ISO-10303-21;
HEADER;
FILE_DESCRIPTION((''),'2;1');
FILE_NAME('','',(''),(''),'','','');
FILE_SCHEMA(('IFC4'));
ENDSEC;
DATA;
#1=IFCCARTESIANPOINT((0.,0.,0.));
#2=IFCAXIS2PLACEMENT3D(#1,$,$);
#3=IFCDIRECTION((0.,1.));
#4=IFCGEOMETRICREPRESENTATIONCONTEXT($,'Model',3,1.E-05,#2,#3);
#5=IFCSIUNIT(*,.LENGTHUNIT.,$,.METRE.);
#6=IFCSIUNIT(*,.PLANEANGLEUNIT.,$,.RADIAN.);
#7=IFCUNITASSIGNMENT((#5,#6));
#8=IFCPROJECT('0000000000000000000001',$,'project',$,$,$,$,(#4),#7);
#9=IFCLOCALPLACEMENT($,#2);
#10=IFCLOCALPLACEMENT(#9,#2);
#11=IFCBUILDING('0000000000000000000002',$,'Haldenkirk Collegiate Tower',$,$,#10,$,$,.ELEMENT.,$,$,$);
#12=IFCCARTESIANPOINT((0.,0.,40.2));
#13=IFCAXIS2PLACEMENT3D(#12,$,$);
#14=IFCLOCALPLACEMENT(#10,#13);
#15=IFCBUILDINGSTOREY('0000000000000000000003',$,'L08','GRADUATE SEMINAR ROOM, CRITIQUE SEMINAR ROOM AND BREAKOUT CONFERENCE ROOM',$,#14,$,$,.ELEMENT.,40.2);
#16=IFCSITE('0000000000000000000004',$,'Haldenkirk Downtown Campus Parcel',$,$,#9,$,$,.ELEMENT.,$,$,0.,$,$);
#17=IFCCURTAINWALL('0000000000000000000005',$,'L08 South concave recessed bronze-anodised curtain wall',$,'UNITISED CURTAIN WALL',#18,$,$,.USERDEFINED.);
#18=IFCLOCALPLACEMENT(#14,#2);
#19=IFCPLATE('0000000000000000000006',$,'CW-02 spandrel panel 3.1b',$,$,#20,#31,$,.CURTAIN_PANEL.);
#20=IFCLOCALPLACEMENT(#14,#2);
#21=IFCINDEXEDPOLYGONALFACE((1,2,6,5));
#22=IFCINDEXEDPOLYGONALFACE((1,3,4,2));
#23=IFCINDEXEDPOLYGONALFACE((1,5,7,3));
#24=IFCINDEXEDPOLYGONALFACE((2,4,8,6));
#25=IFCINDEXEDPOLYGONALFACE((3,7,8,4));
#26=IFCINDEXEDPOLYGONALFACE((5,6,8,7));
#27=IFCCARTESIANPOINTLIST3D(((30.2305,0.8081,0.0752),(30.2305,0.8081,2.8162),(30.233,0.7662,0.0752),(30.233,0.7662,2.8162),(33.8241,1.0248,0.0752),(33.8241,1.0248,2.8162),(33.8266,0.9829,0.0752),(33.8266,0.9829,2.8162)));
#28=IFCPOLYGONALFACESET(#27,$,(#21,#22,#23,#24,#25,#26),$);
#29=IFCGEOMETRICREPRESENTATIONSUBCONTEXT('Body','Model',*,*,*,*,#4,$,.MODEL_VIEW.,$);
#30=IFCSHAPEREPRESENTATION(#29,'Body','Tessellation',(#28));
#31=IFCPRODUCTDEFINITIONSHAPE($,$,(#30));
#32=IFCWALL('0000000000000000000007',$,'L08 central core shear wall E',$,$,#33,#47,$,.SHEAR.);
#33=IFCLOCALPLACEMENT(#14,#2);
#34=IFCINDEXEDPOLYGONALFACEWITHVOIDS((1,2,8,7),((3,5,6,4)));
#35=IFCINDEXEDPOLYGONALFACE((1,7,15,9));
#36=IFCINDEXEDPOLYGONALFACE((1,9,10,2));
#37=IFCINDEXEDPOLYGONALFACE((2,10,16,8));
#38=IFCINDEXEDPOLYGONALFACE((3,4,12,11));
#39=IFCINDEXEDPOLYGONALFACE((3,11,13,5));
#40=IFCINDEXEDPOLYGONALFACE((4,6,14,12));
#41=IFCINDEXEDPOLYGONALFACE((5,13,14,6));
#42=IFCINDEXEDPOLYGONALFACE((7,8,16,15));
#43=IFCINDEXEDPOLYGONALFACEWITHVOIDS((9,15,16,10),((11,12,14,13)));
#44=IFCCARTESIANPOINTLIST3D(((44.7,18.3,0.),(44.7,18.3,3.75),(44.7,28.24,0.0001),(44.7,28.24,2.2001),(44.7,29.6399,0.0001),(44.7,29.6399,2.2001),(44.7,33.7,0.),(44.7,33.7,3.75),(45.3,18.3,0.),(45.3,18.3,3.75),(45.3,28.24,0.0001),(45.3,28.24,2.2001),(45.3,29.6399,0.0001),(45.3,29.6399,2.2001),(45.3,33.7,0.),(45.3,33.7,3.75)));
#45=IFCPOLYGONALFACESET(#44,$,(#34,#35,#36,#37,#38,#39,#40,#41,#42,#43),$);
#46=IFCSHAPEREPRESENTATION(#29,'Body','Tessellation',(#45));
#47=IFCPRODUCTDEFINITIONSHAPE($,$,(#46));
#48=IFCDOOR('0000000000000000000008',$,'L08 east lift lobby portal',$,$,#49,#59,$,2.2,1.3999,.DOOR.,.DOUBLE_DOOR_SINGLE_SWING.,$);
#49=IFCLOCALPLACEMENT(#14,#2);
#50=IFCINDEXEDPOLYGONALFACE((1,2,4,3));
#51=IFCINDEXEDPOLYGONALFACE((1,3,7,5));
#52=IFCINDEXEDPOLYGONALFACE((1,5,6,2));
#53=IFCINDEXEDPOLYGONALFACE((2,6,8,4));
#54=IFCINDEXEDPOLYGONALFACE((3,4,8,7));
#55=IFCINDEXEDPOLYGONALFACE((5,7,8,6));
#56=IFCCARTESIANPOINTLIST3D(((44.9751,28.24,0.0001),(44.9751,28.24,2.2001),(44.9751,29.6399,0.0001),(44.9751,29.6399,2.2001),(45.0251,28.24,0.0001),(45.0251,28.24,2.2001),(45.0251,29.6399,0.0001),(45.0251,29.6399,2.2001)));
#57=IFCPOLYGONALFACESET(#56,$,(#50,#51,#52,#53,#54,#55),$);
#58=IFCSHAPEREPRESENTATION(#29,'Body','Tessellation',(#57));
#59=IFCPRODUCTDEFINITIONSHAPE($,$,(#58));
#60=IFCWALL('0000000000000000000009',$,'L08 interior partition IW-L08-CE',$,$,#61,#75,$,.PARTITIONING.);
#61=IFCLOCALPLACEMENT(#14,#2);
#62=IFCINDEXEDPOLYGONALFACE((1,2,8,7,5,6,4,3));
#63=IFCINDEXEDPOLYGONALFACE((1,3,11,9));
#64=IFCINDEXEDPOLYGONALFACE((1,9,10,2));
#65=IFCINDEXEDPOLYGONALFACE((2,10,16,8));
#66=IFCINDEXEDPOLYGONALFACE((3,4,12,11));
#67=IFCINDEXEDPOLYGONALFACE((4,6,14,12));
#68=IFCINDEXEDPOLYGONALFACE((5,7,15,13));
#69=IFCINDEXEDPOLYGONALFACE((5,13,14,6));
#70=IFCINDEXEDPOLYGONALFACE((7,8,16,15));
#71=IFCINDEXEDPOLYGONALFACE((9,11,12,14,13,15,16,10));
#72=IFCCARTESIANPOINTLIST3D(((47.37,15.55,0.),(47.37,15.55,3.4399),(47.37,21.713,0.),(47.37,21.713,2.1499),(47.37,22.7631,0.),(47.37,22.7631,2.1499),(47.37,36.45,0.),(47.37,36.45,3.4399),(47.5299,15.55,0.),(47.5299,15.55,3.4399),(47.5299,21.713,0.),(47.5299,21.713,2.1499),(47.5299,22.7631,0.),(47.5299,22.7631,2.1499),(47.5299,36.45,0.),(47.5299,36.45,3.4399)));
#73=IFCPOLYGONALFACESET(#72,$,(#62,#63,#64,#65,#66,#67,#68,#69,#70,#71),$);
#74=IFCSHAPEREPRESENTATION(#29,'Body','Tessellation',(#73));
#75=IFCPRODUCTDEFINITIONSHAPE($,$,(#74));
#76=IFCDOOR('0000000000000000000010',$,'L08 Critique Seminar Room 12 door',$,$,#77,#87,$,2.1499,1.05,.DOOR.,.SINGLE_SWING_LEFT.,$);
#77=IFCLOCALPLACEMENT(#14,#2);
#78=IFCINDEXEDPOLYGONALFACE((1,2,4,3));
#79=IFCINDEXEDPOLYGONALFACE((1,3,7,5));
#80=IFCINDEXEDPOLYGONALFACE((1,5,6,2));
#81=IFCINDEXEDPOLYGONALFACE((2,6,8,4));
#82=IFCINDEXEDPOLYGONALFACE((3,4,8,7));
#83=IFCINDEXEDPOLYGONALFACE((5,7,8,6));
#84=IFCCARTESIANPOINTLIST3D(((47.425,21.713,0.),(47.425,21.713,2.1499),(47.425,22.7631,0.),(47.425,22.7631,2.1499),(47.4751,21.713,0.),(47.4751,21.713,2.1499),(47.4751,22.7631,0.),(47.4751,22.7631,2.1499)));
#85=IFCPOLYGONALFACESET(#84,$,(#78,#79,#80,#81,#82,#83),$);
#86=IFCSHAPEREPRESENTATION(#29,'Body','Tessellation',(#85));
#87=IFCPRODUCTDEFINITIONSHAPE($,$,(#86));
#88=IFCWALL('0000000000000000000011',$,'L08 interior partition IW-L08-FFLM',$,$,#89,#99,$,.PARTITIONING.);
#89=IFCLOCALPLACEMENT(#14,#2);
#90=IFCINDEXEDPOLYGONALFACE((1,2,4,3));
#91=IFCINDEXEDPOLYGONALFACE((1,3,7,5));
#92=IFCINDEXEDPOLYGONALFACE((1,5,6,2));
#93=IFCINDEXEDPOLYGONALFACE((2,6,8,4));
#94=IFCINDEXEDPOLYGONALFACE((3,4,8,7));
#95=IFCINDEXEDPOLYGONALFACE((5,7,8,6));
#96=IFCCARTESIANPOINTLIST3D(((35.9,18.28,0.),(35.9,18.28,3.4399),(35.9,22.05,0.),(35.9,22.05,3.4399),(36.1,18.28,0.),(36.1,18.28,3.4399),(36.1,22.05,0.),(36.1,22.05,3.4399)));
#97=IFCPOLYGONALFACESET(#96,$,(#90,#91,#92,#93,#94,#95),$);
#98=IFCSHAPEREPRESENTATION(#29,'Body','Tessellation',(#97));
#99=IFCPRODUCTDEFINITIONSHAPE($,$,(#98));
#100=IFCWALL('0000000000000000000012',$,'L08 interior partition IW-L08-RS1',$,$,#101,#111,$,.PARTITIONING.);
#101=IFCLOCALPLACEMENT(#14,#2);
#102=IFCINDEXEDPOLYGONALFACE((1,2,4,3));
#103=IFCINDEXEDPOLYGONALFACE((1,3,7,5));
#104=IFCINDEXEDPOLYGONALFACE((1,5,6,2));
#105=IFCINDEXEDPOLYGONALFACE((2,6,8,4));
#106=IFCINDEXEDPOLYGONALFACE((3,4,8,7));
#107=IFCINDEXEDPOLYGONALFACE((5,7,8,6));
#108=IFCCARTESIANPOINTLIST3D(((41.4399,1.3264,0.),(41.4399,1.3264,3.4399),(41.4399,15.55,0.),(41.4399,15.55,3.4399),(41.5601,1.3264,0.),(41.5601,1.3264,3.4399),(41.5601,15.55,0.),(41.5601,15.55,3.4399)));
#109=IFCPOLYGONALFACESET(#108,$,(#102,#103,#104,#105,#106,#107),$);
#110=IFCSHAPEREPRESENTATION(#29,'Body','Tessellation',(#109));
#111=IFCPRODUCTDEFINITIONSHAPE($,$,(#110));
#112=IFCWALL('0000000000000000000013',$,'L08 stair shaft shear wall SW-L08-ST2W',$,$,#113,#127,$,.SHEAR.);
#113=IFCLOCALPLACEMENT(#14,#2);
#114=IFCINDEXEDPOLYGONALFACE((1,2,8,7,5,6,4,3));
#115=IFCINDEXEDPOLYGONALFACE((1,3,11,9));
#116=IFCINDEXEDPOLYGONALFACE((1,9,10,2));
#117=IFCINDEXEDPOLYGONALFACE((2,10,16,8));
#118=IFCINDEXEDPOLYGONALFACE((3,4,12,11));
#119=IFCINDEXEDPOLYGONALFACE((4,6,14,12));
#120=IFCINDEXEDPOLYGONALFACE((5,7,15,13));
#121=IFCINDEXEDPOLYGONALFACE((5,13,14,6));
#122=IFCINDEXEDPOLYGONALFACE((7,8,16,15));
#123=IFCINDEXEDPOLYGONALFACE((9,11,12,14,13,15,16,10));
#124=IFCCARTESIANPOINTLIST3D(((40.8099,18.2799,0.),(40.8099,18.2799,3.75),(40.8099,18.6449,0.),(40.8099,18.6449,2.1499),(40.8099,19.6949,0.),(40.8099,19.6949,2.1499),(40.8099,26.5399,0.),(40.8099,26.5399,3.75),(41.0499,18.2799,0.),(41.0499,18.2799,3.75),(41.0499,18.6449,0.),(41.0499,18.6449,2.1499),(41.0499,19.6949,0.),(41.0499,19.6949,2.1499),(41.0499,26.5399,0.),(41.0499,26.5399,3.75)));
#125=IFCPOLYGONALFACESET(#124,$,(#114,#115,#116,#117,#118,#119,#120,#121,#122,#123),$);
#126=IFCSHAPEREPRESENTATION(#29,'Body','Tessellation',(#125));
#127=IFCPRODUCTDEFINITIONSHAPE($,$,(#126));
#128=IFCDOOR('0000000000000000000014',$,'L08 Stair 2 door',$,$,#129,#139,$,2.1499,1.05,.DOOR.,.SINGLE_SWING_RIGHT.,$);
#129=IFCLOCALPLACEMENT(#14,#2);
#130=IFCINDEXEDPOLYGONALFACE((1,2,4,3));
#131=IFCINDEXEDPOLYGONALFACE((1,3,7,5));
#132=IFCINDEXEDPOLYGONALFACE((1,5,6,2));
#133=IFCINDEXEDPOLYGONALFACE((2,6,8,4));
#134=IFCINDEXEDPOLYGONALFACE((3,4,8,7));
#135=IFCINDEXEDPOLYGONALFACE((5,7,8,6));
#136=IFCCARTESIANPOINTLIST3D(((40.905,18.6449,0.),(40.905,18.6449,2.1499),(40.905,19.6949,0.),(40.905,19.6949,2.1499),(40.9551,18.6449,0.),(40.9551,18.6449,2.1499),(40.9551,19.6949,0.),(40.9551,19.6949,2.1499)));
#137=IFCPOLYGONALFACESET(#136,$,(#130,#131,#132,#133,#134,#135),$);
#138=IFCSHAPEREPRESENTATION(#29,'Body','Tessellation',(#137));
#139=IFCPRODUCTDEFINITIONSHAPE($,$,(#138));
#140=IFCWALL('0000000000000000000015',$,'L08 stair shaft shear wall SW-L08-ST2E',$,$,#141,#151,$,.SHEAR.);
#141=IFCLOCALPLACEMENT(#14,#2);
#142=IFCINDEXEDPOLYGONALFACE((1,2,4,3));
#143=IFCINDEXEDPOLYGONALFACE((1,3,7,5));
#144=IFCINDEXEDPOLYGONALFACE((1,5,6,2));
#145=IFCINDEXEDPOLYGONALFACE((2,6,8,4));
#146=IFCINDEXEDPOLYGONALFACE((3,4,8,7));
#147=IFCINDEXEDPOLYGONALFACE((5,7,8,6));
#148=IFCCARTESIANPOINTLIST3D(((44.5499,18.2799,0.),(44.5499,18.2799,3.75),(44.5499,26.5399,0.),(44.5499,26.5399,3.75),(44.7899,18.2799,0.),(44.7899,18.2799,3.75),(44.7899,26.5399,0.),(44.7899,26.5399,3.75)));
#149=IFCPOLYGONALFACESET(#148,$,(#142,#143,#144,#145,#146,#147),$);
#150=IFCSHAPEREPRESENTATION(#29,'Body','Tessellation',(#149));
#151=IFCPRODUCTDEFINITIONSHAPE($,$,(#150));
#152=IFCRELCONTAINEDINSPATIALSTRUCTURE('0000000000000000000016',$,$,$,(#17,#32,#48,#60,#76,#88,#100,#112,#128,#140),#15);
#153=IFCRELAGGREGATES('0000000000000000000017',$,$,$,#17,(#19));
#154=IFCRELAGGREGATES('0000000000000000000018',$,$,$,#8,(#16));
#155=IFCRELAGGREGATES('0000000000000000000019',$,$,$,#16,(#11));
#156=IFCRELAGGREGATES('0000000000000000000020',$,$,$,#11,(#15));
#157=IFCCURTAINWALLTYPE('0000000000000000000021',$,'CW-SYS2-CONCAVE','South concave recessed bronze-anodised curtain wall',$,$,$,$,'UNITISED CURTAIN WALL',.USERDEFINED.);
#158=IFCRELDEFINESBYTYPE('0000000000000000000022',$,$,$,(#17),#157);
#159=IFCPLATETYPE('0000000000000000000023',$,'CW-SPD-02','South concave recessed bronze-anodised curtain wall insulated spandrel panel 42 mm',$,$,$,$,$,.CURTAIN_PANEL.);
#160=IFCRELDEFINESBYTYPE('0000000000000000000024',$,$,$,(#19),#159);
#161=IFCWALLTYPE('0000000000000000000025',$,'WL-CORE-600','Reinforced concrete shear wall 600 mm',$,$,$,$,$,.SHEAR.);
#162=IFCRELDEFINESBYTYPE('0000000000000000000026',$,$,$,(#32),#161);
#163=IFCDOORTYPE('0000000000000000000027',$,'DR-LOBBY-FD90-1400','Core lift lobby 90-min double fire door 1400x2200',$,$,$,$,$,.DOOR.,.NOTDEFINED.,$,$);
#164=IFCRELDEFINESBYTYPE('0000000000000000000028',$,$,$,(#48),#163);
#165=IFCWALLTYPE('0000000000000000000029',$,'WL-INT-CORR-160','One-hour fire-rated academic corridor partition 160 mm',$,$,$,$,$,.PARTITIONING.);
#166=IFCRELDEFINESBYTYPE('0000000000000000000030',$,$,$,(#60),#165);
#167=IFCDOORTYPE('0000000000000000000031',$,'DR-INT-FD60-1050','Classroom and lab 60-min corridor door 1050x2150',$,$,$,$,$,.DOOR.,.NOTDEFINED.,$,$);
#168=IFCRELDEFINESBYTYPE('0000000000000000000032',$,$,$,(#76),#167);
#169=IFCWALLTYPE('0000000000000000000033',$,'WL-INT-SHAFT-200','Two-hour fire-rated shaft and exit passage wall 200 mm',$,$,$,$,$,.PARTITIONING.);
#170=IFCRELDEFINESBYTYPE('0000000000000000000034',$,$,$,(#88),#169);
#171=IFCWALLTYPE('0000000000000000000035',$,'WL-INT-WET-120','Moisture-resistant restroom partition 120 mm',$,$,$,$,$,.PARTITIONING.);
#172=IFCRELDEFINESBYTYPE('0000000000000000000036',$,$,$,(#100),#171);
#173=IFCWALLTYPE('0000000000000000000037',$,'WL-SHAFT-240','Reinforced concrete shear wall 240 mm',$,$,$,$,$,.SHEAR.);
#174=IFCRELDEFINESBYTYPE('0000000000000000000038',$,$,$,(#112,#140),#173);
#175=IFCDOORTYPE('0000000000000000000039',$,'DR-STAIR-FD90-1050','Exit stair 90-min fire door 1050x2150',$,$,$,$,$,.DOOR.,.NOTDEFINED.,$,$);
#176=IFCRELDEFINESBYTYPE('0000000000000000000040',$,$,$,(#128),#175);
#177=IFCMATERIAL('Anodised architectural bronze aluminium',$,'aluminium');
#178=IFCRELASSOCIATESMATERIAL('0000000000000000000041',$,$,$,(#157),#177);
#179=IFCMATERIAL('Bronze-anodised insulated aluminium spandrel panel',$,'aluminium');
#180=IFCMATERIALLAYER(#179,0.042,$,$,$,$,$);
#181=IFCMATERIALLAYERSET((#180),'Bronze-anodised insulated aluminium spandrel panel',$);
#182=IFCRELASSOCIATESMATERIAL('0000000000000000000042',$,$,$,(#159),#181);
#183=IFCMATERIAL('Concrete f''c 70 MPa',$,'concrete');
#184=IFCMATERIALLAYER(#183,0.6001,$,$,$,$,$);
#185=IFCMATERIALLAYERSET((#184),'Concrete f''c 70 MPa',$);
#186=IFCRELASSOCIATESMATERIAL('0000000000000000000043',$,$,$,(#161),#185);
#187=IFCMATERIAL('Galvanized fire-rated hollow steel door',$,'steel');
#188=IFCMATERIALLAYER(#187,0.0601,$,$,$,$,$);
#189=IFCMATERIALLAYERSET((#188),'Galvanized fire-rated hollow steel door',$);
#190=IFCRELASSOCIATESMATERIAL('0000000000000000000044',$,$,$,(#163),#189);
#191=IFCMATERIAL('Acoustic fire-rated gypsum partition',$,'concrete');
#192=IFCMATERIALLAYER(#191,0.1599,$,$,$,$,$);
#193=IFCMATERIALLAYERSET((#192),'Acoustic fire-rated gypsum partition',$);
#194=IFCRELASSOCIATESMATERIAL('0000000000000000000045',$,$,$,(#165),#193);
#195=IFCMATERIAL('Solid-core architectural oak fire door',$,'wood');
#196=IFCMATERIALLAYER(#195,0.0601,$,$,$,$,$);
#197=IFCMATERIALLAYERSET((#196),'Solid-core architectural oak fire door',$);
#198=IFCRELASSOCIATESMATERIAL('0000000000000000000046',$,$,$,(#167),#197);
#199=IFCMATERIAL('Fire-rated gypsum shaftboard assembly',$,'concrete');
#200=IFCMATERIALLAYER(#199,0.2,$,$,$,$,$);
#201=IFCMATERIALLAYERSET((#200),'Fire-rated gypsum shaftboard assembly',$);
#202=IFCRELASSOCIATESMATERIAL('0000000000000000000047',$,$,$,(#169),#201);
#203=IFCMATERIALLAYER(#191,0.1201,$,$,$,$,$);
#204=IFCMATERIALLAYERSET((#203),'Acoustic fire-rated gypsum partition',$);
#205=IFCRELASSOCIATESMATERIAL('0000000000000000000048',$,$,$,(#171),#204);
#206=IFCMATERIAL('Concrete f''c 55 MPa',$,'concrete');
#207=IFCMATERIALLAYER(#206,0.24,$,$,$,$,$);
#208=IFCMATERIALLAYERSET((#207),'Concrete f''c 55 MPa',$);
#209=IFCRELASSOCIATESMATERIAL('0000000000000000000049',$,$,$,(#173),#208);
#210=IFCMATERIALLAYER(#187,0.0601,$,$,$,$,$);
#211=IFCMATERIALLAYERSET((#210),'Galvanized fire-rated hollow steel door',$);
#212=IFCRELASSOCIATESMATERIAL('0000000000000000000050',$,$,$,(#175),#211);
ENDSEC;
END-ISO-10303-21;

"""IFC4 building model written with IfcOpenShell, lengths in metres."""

from ifc_helpers import new_model, si_unit, direction, frame, frame_2d, origin, origin_2d, place, context, subcontext, project, spatial, rectangle, extrude, source, transform, mapped, material, layer, layer_set, type_object, element, fill, aggregate, save


model = new_model("IFC4")

# Units and contexts
model_context = context("Model", 3, precision=1e-05, world=origin(), true_north=direction((0.0, 1.0)))
body_context = subcontext(model_context, "Body", "Model", "MODEL_VIEW")
ifc_project = project(units=[si_unit("LENGTHUNIT", "METRE"), si_unit("PLANEANGLEUNIT", "RADIAN")], contexts=[model_context])

# Site, building, storey
site_placement = place(None, origin())
site = spatial("IfcSite", under=ifc_project, at=site_placement, Name="Haldenkirk Downtown Campus Parcel", CompositionType="ELEMENT", RefElevation=0.0)
building_placement = place(site_placement, origin())
building = spatial("IfcBuilding", under=site, at=building_placement, Name="Haldenkirk Collegiate Tower", CompositionType="ELEMENT")
storey_placement = place(building_placement, frame((0.0, 0.0, 40.2)))
storey = spatial("IfcBuildingStorey", under=building, at=storey_placement, Name="L08", Description="GRADUATE SEMINAR ROOM, CRITIQUE SEMINAR ROOM AND BREAKOUT CONFERENCE ROOM", CompositionType="ELEMENT", Elevation=40.2)

# Curtain wall, plate
ifc_material_1 = material(Name="Anodised architectural bronze aluminium", Category="aluminium")
curtain_wall_type = type_object("IfcCurtainWallType", Name="CW-SYS2-CONCAVE", Description="South concave recessed bronze-anodised curtain wall", ElementType="UNITISED CURTAIN WALL", PredefinedType="USERDEFINED", material=ifc_material_1)
curtain_wall_placement = place(storey_placement, origin())
curtain_wall = element("IfcCurtainWall", 1, at=curtain_wall_placement, inside=storey, type_object=curtain_wall_type, Name="L08 South concave recessed bronze-anodised curtain wall", ObjectType="UNITISED CURTAIN WALL", PredefinedType="USERDEFINED")
ifc_material_2 = material(Name="Bronze-anodised insulated aluminium spandrel panel", Category="aluminium")
ifc_layer_1 = layer(ifc_material_2, 0.042)
ifc_layer_set_1 = layer_set([ifc_layer_1], Name="Bronze-anodised insulated aluminium spandrel panel")
plate_type_1 = type_object("IfcPlateType", Name="CW-SPD-02", Description="South concave recessed bronze-anodised curtain wall insulated spandrel panel 42 mm", PredefinedType="CURTAIN_PANEL", material=ifc_layer_set_1)
shared_shape_1 = source(origin(), body_context, "Body", "SweptSolid", [
    extrude(rectangle(XDim=3.6001, YDim=0.042, at=origin_2d()), origin(), (0.0, 0.0, 1.0), 2.741),
])
plate_1_placement = place(storey_placement, frame((32.0286, 0.8955, 0.0752), z_axis=(0.0, 0.0, 1.0), x_axis=(-0.998188, -0.060176, 0.0)))
plate_1 = element("IfcPlate", 2, at=plate_1_placement, type_object=plate_type_1, Name="CW-02 spandrel panel 3.1b", PredefinedType="CURTAIN_PANEL", context=body_context, shape_type="MappedRepresentation", body=[
    mapped(shared_shape_1, transform((0.0, 0.0, 0.0), x_axis=(1.0, 0.0, 0.0), y_axis=(0.0, 1.0, 0.0), z_axis=(0.0, 0.0, 1.0), scale=1.0)),
])
aggregate(curtain_wall, [plate_1])

# Walls, openings, doors
ifc_material_3 = material(Name="Concrete f'c 70 MPa", Category="concrete")
ifc_layer_2 = layer(ifc_material_3, 0.6001)
ifc_layer_set_2 = layer_set([ifc_layer_2], Name="Concrete f'c 70 MPa")
wall_type_1 = type_object("IfcWallType", Name="WL-CORE-600", Description="Reinforced concrete shear wall 600 mm", PredefinedType="SHEAR", material=ifc_layer_set_2)
wall_1_placement = place(storey_placement, frame((45.0, 18.3, 0.0), z_axis=(0.0, 0.0, 1.0), x_axis=(0.0, 1.0, 0.0)))
wall_1 = element("IfcWall", 3, at=wall_1_placement, inside=storey, type_object=wall_type_1, Name="L08 central core shear wall E", PredefinedType="SHEAR", context=body_context, shape_type="SweptSolid", body=[
    extrude(rectangle(XDim=15.3999, YDim=0.6001, at=frame_2d((7.7, 0.0))), origin(), (0.0, 0.0, 1.0), 3.75),
])
opening_1_placement = place(wall_1_placement, frame((9.9399, 0.0, 0.0)))
opening_1 = element("IfcOpeningElement", 4, at=opening_1_placement, cuts=wall_1, PredefinedType="OPENING", context=body_context, shape_type="SweptSolid", body=[
    extrude(rectangle(XDim=1.3999, YDim=2.2, at=frame_2d((0.7, 1.1001))), frame((0.0, 0.3101, 0.0), z_axis=(0.0, -1.0, 0.0), x_axis=(1.0, 0.0, 0.0)), (0.0, 0.0, 1.0), 0.6201),
])
ifc_material_4 = material(Name="Galvanized fire-rated hollow steel door", Category="steel")
ifc_layer_3 = layer(ifc_material_4, 0.0601)
ifc_layer_set_3 = layer_set([ifc_layer_3], Name="Galvanized fire-rated hollow steel door")
door_type_1 = type_object("IfcDoorType", Name="DR-LOBBY-FD90-1400", Description="Core lift lobby 90-min double fire door 1400x2200", OperationType="NOTDEFINED", PredefinedType="DOOR", material=ifc_layer_set_3)
door_1_placement = place(opening_1_placement, origin())
door_1 = element("IfcDoor", 5, at=door_1_placement, inside=storey, type_object=door_type_1, Name="L08 east lift lobby portal", OperationType="DOUBLE_DOOR_SINGLE_SWING", OverallHeight=2.2, OverallWidth=1.3999, PredefinedType="DOOR", context=body_context, shape_type="SweptSolid", body=[
    extrude(rectangle(XDim=1.3999, YDim=2.2, at=frame_2d((0.7, 1.1001))), frame((0.0, 0.0249, 0.0), z_axis=(0.0, -1.0, 0.0), x_axis=(1.0, 0.0, 0.0)), (0.0, 0.0, 1.0), 0.05),
])
fill(opening_1, door_1)
ifc_material_5 = material(Name="Acoustic fire-rated gypsum partition", Category="concrete")
ifc_layer_4 = layer(ifc_material_5, 0.1599)
ifc_layer_set_4 = layer_set([ifc_layer_4], Name="Acoustic fire-rated gypsum partition")
wall_type_2 = type_object("IfcWallType", Name="WL-INT-CORR-160", Description="One-hour fire-rated academic corridor partition 160 mm", PredefinedType="PARTITIONING", material=ifc_layer_set_4)
wall_2_placement = place(storey_placement, frame((47.45, 15.55, 0.0), z_axis=(0.0, 0.0, 1.0), x_axis=(0.0, 1.0, 0.0)))
wall_2 = element("IfcWall", 6, at=wall_2_placement, inside=storey, type_object=wall_type_2, Name="L08 interior partition IW-L08-CE", PredefinedType="PARTITIONING", context=body_context, shape_type="SweptSolid", body=[
    extrude(rectangle(XDim=20.8999, YDim=0.1599, at=frame_2d((10.45, 0.0))), origin(), (0.0, 0.0, 1.0), 3.4399),
])
opening_2_placement = place(wall_2_placement, frame((6.1631, 0.0, 0.0)))
opening_2 = element("IfcOpeningElement", 7, at=opening_2_placement, cuts=wall_2, PredefinedType="OPENING", context=body_context, shape_type="SweptSolid", body=[
    extrude(rectangle(XDim=1.05, YDim=2.1499, at=frame_2d((0.5249, 1.075))), frame((0.0, 0.0898, 0.0), z_axis=(0.0, -1.0, 0.0), x_axis=(1.0, 0.0, 0.0)), (0.0, 0.0, 1.0), 0.1799),
])
ifc_material_6 = material(Name="Solid-core architectural oak fire door", Category="wood")
ifc_layer_5 = layer(ifc_material_6, 0.0601)
ifc_layer_set_5 = layer_set([ifc_layer_5], Name="Solid-core architectural oak fire door")
door_type_2 = type_object("IfcDoorType", Name="DR-INT-FD60-1050", Description="Classroom and lab 60-min corridor door 1050x2150", OperationType="NOTDEFINED", PredefinedType="DOOR", material=ifc_layer_set_5)
door_2_placement = place(opening_2_placement, origin())
door_2 = element("IfcDoor", 8, at=door_2_placement, inside=storey, type_object=door_type_2, Name="L08 Critique Seminar Room 12 door", OperationType="SINGLE_SWING_LEFT", OverallHeight=2.1499, OverallWidth=1.05, PredefinedType="DOOR", context=body_context, shape_type="SweptSolid", body=[
    extrude(rectangle(XDim=1.05, YDim=2.1499, at=frame_2d((0.5249, 1.075))), frame((0.0, 0.0249, 0.0), z_axis=(0.0, -1.0, 0.0), x_axis=(1.0, 0.0, 0.0)), (0.0, 0.0, 1.0), 0.05),
])
fill(opening_2, door_2)

# Walls
ifc_material_7 = material(Name="Fire-rated gypsum shaftboard assembly", Category="concrete")
ifc_layer_6 = layer(ifc_material_7, 0.2)
ifc_layer_set_6 = layer_set([ifc_layer_6], Name="Fire-rated gypsum shaftboard assembly")
wall_type_3 = type_object("IfcWallType", Name="WL-INT-SHAFT-200", Description="Two-hour fire-rated shaft and exit passage wall 200 mm", PredefinedType="PARTITIONING", material=ifc_layer_set_6)
wall_3_placement = place(storey_placement, frame((36.0, 18.28, 0.0), z_axis=(0.0, 0.0, 1.0), x_axis=(0.0, 1.0, 0.0)))
element("IfcWall", 9, at=wall_3_placement, inside=storey, type_object=wall_type_3, Name="L08 interior partition IW-L08-FFLM", PredefinedType="PARTITIONING", context=body_context, shape_type="SweptSolid", body=[
    extrude(rectangle(XDim=3.77, YDim=0.2, at=frame_2d((1.885, 0.0))), origin(), (0.0, 0.0, 1.0), 3.4399),
])
ifc_layer_7 = layer(ifc_material_5, 0.1201)
ifc_layer_set_7 = layer_set([ifc_layer_7], Name="Acoustic fire-rated gypsum partition")
wall_type_4 = type_object("IfcWallType", Name="WL-INT-WET-120", Description="Moisture-resistant restroom partition 120 mm", PredefinedType="PARTITIONING", material=ifc_layer_set_7)
wall_4_placement = place(storey_placement, frame((41.5, 1.3264, 0.0), z_axis=(0.0, 0.0, 1.0), x_axis=(0.0, 1.0, 0.0)))
element("IfcWall", 10, at=wall_4_placement, inside=storey, type_object=wall_type_4, Name="L08 interior partition IW-L08-RS1", PredefinedType="PARTITIONING", context=body_context, shape_type="SweptSolid", body=[
    extrude(rectangle(XDim=14.2236, YDim=0.1201, at=frame_2d((7.1118, 0.0))), origin(), (0.0, 0.0, 1.0), 3.4399),
])

# Wall, opening, door
ifc_material_8 = material(Name="Concrete f'c 55 MPa", Category="concrete")
ifc_layer_8 = layer(ifc_material_8, 0.24)
ifc_layer_set_8 = layer_set([ifc_layer_8], Name="Concrete f'c 55 MPa")
wall_type_5 = type_object("IfcWallType", Name="WL-SHAFT-240", Description="Reinforced concrete shear wall 240 mm", PredefinedType="SHEAR", material=ifc_layer_set_8)
wall_5_placement = place(storey_placement, frame((40.9299, 18.28, 0.0), z_axis=(0.0, 0.0, 1.0), x_axis=(0.0, 1.0, 0.0)))
wall_5 = element("IfcWall", 11, at=wall_5_placement, inside=storey, type_object=wall_type_5, Name="L08 stair shaft shear wall SW-L08-ST2W", PredefinedType="SHEAR", context=body_context, shape_type="SweptSolid", body=[
    extrude(rectangle(XDim=8.26, YDim=0.24, at=frame_2d((4.1299, 0.0))), origin(), (0.0, 0.0, 1.0), 3.75),
])
opening_3_placement = place(wall_5_placement, frame((0.365, 0.0, 0.0)))
opening_3 = element("IfcOpeningElement", 12, at=opening_3_placement, cuts=wall_5, PredefinedType="OPENING", context=body_context, shape_type="SweptSolid", body=[
    extrude(rectangle(XDim=1.05, YDim=2.1499, at=frame_2d((0.5249, 1.075))), frame((0.0, 0.1299, 0.0), z_axis=(0.0, -1.0, 0.0), x_axis=(1.0, 0.0, 0.0)), (0.0, 0.0, 1.0), 0.26),
])
ifc_layer_9 = layer(ifc_material_4, 0.0601)
ifc_layer_set_9 = layer_set([ifc_layer_9], Name="Galvanized fire-rated hollow steel door")
door_type_3 = type_object("IfcDoorType", Name="DR-STAIR-FD90-1050", Description="Exit stair 90-min fire door 1050x2150", OperationType="NOTDEFINED", PredefinedType="DOOR", material=ifc_layer_set_9)
door_3_placement = place(opening_3_placement, origin())
door_3 = element("IfcDoor", 13, at=door_3_placement, inside=storey, type_object=door_type_3, Name="L08 Stair 2 door", OperationType="SINGLE_SWING_RIGHT", OverallHeight=2.1499, OverallWidth=1.05, PredefinedType="DOOR", context=body_context, shape_type="SweptSolid", body=[
    extrude(rectangle(XDim=1.05, YDim=2.1499, at=frame_2d((0.5249, 1.075))), frame((0.0, 0.0249, 0.0), z_axis=(0.0, -1.0, 0.0), x_axis=(1.0, 0.0, 0.0)), (0.0, 0.0, 1.0), 0.05),
])
fill(opening_3, door_3)

# Wall
wall_6_placement = place(storey_placement, frame((44.6699, 18.28, 0.0), z_axis=(0.0, 0.0, 1.0), x_axis=(0.0, 1.0, 0.0)))
element("IfcWall", 14, at=wall_6_placement, inside=storey, type_object=wall_type_5, Name="L08 stair shaft shear wall SW-L08-ST2E", PredefinedType="SHEAR", context=body_context, shape_type="SweptSolid", body=[
    extrude(rectangle(XDim=8.26, YDim=0.24, at=frame_2d((4.1299, 0.0))), origin(), (0.0, 0.0, 1.0), 3.75),
])

save(model, "model.ifc")
